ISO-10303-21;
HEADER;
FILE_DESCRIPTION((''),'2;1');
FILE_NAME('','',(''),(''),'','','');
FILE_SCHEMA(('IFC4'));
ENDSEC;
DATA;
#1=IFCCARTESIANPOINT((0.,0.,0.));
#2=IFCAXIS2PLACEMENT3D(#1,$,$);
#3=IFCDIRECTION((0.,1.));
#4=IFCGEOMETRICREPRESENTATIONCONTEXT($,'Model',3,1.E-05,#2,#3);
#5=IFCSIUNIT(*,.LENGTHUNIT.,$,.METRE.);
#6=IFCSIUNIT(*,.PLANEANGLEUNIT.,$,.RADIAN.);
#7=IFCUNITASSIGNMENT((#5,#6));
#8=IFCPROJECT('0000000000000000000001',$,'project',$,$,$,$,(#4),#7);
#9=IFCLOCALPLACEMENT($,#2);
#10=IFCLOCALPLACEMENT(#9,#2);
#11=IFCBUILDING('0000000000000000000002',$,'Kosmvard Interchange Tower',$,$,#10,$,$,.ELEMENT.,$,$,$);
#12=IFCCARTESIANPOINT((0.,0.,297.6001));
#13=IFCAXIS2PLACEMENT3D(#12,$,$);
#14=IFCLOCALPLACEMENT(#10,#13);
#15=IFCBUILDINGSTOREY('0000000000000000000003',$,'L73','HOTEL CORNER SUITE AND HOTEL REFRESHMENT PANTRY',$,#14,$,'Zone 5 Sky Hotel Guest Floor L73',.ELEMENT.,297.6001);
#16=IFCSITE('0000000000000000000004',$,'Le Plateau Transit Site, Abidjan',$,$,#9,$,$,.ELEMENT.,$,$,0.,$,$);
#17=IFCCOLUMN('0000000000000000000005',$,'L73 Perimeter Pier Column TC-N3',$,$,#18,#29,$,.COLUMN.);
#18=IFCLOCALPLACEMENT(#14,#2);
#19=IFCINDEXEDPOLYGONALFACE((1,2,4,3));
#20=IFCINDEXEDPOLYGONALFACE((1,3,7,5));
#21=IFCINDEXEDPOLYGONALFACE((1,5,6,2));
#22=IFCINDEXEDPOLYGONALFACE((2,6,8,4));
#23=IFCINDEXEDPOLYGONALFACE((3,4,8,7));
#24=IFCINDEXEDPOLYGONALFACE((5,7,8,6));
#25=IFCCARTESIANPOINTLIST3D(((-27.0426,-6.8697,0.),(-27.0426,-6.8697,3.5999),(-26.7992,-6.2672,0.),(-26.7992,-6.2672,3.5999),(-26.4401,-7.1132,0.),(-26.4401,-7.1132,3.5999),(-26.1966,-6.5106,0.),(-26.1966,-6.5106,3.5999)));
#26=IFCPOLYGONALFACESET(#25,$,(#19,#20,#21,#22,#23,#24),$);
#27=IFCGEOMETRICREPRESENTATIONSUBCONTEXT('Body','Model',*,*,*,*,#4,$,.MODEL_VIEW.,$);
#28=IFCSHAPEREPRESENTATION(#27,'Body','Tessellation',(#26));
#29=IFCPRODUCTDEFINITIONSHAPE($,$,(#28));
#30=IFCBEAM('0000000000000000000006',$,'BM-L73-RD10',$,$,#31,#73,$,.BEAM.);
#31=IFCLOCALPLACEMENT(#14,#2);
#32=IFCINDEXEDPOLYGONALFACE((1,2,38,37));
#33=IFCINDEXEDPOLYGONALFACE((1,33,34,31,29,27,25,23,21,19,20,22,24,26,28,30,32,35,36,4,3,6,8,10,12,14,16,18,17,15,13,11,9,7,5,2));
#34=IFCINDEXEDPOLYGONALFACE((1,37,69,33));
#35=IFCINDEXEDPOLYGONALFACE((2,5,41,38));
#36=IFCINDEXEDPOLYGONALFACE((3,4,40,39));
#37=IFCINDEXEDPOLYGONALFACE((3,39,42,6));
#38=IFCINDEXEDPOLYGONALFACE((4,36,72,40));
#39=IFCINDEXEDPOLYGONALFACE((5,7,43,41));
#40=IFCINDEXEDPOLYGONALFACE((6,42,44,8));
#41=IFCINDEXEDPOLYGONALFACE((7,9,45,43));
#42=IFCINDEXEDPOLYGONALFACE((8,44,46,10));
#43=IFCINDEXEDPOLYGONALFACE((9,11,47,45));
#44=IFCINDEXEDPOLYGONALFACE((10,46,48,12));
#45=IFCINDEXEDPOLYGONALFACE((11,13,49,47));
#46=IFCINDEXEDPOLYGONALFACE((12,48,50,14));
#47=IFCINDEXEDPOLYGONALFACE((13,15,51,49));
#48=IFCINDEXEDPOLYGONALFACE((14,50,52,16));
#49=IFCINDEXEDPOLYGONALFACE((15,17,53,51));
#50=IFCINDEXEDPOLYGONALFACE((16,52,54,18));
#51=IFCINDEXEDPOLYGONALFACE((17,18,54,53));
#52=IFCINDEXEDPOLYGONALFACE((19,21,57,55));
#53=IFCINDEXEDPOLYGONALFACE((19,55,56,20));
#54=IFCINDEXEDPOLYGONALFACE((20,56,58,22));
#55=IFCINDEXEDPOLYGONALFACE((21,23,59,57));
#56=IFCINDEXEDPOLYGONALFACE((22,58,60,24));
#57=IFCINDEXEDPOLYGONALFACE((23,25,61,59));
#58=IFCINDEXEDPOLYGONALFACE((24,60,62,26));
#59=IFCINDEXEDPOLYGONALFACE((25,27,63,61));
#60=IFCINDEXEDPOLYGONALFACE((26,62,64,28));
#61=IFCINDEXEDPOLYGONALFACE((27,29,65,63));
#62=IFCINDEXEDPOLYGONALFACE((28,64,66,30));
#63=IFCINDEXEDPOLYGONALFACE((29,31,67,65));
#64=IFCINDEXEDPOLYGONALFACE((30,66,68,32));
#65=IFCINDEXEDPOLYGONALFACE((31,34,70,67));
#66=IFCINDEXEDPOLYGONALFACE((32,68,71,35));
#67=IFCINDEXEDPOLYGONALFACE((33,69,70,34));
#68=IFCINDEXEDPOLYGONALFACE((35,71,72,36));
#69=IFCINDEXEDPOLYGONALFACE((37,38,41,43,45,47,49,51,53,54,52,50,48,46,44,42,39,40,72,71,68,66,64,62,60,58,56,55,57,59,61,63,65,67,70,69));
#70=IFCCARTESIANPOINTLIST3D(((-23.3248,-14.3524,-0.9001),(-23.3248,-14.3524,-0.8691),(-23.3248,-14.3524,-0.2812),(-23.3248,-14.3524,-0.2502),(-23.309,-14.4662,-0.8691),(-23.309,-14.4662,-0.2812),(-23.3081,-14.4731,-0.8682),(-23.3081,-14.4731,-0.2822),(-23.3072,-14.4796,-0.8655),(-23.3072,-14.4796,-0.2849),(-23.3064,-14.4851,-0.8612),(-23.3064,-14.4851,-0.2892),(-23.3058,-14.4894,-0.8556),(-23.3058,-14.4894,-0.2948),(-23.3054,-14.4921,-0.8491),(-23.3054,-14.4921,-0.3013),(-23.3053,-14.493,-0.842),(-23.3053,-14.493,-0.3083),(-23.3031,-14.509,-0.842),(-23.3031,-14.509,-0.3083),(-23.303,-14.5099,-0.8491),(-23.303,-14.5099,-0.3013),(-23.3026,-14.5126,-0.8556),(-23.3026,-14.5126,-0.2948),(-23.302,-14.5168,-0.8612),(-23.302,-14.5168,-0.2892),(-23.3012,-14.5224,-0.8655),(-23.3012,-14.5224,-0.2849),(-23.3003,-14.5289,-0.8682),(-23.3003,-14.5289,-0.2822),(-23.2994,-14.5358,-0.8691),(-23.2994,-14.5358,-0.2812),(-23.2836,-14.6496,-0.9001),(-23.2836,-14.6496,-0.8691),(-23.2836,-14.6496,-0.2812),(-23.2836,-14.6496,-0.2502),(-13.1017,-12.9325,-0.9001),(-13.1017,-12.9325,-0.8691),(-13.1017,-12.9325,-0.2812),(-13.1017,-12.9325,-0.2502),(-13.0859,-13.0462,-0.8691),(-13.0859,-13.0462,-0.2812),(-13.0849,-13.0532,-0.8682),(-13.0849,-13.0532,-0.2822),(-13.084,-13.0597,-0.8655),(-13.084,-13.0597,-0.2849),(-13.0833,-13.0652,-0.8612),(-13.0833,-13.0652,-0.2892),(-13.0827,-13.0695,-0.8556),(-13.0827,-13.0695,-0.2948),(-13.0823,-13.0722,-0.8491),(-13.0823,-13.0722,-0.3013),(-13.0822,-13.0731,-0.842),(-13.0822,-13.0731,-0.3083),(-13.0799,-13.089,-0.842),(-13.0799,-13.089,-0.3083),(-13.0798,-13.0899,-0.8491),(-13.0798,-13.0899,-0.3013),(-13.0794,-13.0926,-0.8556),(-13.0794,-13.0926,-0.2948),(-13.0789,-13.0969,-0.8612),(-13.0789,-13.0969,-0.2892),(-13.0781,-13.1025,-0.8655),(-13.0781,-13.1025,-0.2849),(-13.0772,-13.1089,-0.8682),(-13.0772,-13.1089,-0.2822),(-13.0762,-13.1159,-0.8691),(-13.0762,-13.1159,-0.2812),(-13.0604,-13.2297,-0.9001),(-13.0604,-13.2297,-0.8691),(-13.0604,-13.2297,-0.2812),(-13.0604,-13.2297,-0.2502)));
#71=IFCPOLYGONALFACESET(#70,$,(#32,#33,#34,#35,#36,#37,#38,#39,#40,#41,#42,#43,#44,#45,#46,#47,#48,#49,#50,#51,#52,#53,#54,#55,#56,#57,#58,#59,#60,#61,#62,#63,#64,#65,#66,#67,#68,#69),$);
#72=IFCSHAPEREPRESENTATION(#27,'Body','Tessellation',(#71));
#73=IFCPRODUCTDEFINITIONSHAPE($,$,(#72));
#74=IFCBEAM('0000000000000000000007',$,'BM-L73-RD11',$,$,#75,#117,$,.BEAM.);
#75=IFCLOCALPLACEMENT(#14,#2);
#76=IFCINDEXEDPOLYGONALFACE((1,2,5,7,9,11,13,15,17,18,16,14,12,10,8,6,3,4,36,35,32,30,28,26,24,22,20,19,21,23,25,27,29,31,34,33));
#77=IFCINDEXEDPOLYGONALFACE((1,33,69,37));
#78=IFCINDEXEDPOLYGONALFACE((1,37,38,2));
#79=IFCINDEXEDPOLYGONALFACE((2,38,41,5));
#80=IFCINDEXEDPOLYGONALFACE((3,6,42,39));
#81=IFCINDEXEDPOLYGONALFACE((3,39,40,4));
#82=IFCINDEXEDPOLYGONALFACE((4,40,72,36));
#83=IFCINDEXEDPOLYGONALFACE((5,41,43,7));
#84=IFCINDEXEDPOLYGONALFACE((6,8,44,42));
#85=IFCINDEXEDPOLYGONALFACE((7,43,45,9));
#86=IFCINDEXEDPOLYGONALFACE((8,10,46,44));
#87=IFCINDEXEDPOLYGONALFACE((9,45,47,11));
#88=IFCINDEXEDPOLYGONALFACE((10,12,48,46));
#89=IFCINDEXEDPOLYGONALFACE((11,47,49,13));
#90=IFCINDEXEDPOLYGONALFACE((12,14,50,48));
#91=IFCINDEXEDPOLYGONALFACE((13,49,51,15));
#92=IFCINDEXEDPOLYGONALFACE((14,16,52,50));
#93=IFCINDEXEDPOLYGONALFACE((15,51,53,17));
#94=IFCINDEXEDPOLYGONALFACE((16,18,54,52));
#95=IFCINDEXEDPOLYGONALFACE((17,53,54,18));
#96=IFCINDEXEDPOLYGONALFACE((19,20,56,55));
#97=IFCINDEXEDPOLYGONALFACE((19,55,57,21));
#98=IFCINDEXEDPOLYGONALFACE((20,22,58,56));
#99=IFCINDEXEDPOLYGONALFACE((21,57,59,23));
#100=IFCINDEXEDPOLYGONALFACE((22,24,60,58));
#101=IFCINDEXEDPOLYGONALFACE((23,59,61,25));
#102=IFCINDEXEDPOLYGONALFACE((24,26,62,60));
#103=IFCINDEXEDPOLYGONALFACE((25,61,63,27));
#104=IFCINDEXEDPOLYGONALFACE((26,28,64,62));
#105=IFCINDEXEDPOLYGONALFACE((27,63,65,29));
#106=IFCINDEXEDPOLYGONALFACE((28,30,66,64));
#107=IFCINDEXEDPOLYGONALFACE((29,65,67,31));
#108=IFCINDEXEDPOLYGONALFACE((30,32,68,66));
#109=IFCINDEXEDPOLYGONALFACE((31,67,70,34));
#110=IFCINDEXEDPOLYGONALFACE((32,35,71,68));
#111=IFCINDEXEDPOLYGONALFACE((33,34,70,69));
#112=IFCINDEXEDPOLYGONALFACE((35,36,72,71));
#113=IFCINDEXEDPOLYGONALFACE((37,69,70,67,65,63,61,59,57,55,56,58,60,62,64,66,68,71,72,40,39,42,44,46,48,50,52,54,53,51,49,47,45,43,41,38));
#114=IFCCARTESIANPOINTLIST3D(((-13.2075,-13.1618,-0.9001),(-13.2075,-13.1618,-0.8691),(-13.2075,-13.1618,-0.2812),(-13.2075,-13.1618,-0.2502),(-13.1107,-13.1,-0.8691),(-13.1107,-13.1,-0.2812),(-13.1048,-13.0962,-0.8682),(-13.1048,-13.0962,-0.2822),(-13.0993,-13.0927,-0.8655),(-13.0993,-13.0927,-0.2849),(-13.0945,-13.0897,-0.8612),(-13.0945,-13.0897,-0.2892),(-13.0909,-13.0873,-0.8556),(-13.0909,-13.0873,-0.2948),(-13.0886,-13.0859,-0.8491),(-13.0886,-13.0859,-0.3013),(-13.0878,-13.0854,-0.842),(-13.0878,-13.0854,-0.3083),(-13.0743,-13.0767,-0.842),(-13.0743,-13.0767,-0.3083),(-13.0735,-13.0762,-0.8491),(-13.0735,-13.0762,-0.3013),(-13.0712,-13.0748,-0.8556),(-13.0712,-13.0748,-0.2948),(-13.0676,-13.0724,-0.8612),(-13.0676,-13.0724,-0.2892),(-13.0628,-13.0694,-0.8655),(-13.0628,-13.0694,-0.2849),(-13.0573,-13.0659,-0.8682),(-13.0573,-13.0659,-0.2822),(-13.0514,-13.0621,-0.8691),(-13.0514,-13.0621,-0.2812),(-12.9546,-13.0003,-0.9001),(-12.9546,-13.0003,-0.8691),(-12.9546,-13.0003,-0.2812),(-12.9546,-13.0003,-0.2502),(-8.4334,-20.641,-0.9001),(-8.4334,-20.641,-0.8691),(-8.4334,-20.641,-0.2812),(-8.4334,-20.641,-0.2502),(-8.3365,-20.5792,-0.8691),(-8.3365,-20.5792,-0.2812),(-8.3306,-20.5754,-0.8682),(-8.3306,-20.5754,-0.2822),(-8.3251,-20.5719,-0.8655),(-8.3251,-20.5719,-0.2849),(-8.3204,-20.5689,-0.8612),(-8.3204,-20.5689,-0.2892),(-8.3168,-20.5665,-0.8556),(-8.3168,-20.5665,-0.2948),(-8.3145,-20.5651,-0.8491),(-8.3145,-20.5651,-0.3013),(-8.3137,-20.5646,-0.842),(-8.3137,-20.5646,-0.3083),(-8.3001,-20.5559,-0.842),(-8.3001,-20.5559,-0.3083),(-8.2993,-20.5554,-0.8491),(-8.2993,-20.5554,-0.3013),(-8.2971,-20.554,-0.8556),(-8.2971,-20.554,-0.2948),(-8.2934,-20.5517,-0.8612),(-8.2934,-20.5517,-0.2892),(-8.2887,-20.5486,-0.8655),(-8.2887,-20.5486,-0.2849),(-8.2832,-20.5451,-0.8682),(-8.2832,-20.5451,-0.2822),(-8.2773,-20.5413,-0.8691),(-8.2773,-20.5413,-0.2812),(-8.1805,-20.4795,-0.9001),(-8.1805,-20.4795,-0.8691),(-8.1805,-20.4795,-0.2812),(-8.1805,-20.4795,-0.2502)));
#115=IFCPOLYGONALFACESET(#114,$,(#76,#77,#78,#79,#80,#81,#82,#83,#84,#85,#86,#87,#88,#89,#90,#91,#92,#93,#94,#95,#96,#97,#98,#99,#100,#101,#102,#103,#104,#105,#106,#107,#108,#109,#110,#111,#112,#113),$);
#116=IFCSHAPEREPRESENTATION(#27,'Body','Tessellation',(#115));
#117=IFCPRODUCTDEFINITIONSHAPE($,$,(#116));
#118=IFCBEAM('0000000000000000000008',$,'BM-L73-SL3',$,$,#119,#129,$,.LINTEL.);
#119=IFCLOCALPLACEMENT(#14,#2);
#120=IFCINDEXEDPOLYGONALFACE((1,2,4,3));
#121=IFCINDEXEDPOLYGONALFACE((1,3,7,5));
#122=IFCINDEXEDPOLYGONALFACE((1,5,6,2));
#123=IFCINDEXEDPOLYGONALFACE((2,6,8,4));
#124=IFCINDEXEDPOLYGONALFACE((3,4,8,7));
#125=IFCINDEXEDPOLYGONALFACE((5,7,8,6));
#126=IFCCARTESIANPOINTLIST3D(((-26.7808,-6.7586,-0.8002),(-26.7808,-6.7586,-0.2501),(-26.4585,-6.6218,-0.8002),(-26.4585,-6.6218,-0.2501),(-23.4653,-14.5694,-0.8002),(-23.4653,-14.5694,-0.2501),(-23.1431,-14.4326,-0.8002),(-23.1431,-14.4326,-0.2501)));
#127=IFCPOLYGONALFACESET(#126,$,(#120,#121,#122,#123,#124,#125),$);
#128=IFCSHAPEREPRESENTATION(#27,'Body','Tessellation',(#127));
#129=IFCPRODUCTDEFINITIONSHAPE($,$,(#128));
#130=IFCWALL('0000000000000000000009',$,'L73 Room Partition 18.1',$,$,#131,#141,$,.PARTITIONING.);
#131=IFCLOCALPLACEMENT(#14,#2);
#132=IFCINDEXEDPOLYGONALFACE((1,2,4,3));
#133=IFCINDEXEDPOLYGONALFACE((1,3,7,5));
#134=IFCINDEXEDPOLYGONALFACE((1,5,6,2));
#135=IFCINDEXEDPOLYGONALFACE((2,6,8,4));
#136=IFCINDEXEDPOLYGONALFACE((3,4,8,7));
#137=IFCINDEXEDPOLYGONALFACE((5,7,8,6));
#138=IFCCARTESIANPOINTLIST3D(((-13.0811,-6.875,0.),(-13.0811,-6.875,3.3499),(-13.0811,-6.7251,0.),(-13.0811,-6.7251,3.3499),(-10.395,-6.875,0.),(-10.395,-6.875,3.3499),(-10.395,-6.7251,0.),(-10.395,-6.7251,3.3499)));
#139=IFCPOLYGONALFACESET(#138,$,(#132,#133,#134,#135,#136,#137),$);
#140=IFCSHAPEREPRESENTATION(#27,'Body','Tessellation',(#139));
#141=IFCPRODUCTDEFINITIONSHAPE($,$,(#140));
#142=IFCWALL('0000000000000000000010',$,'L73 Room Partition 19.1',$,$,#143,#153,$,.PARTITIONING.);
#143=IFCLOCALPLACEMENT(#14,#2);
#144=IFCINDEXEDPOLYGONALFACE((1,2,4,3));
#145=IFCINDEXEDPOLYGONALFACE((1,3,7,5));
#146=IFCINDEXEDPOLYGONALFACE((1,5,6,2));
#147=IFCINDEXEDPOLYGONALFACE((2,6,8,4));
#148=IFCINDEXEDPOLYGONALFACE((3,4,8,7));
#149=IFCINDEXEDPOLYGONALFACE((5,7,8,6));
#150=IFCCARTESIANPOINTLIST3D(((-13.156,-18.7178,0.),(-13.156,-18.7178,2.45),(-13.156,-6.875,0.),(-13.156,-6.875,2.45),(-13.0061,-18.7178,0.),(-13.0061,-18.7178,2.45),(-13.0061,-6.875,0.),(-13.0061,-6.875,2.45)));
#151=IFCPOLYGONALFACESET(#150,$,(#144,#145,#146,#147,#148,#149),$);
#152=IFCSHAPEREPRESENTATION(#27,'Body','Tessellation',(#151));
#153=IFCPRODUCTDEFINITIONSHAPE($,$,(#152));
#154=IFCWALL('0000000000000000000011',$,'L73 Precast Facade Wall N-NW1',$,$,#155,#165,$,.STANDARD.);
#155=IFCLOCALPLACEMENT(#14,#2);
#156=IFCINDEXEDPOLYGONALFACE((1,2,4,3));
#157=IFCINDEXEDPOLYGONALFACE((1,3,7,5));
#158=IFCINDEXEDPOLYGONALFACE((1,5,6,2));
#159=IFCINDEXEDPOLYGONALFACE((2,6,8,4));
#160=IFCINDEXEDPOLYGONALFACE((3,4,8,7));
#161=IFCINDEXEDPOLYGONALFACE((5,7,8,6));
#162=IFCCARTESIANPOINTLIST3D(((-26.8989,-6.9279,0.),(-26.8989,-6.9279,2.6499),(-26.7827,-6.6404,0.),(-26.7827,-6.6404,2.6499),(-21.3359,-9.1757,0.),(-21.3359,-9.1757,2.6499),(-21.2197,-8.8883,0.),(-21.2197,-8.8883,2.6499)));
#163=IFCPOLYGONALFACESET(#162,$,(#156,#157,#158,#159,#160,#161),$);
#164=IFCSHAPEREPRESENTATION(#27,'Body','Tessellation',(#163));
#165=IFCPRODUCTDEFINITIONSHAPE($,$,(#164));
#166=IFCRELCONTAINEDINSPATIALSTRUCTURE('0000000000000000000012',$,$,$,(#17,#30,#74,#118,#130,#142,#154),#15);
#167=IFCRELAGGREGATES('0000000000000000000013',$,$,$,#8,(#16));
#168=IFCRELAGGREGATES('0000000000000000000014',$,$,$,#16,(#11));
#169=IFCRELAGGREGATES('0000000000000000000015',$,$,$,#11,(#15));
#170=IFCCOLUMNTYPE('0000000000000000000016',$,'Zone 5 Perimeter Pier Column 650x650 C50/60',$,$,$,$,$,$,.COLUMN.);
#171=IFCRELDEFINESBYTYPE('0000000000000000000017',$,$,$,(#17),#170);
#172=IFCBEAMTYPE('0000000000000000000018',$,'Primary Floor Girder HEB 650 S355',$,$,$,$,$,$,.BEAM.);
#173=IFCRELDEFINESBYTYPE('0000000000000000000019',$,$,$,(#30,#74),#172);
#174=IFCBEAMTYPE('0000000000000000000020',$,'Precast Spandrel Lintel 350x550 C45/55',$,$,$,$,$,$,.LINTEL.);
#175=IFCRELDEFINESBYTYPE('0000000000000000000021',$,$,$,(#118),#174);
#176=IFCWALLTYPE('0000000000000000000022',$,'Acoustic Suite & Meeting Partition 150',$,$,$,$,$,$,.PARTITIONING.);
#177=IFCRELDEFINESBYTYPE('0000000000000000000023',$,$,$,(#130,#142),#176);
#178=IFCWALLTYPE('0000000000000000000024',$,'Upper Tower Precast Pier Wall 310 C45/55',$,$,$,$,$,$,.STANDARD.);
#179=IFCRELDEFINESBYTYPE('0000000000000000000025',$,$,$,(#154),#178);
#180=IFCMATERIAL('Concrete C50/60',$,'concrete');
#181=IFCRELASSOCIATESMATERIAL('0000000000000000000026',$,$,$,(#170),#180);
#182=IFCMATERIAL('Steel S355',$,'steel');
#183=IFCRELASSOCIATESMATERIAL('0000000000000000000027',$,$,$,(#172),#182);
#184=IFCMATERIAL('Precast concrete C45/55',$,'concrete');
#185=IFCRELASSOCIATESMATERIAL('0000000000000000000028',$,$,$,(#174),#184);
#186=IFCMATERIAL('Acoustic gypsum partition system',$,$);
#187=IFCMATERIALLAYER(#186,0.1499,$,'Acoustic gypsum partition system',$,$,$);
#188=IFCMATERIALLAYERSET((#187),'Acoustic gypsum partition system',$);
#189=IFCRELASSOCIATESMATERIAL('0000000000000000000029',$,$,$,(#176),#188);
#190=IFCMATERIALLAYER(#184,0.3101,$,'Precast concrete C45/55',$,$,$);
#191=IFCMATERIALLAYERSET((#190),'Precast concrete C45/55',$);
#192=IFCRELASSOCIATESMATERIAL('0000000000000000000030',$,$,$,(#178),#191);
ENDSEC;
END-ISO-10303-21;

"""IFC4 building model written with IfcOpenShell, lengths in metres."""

from ifc_helpers import new_model, si_unit, direction, frame, frame_2d, origin, origin_2d, place, context, subcontext, project, spatial, rectangle, i_section, extrude, source, transform, mapped, material, layer, layer_set, material_profile, profile_set, type_object, element, save


model = new_model("IFC4")

# Units and contexts
model_context = context("Model", 3, precision=1e-05, world=origin(), true_north=direction((0.0, 1.0)))
body_context = subcontext(model_context, "Body", "Model", "MODEL_VIEW")
ifc_project = project(units=[si_unit("LENGTHUNIT", "METRE"), si_unit("PLANEANGLEUNIT", "RADIAN")], contexts=[model_context])

# Site, building, storey
site_placement = place(None, origin())
site = spatial("IfcSite", under=ifc_project, at=site_placement, Name="Le Plateau Transit Site, Abidjan", CompositionType="ELEMENT", RefElevation=0.0)
building_placement = place(site_placement, origin())
building = spatial("IfcBuilding", under=site, at=building_placement, Name="Kosmvard Interchange Tower", CompositionType="ELEMENT")
storey_placement = place(building_placement, frame((0.0, 0.0, 297.6001)))
storey = spatial("IfcBuildingStorey", under=building, at=storey_placement, Name="L73", Description="HOTEL CORNER SUITE AND HOTEL REFRESHMENT PANTRY", LongName="Zone 5 Sky Hotel Guest Floor L73", CompositionType="ELEMENT", Elevation=297.6001)

# Column
ifc_material_1 = material(Name="Concrete C50/60", Category="concrete")
ifc_material_profile_1 = material_profile(ifc_material_1, rectangle(XDim=0.6499, YDim=0.6499, at=origin_2d()), Name="TC 650x650")
ifc_profile_set_1 = profile_set([ifc_material_profile_1], Name="Concrete C50/60")
column_type = type_object("IfcColumnType", Name="Zone 5 Perimeter Pier Column 650x650 C50/60", PredefinedType="COLUMN", material=ifc_profile_set_1)
shared_shape_1 = source(origin(), body_context, "Body", "SweptSolid", [
    extrude(rectangle(XDim=0.6499, YDim=0.6499, at=origin_2d()), origin(), (0.0, 0.0, 1.0), 3.5999),
])
column_placement = place(storey_placement, frame((-26.6196, -6.6902, 0.0), z_axis=(0.0, 0.0, 1.0), x_axis=(0.374607, 0.927184, 0.0)))
element("IfcColumn", 1, at=column_placement, inside=storey, type_object=column_type, Name="L73 Perimeter Pier Column TC-N3", PredefinedType="COLUMN", context=body_context, shape_type="MappedRepresentation", body=[
    mapped(shared_shape_1, transform((0.0, 0.0, 0.0), scale=1.0)),
])

# Beams
ifc_material_2 = material(Name="Steel S355", Category="steel")
ifc_material_profile_2 = material_profile(ifc_material_2, i_section(OverallWidth=0.3, OverallDepth=0.6499, WebThickness=0.0161, FlangeThickness=0.031, FilletRadius=0.0271, at=origin_2d()), Name="HEB 650")
ifc_profile_set_2 = profile_set([ifc_material_profile_2], Name="Steel S355")
beam_type_1 = type_object("IfcBeamType", Name="Primary Floor Girder HEB 650 S355", PredefinedType="BEAM", material=ifc_profile_set_2)
shared_shape_2 = source(origin(), body_context, "Body", "SweptSolid", [
    extrude(i_section(OverallWidth=0.3, OverallDepth=0.6499, WebThickness=0.0161, FlangeThickness=0.031, FilletRadius=0.0271, at=origin_2d()), origin(), (0.0, 0.0, 1.0), 10.3213),
])
beam_1_placement = place(storey_placement, frame((-13.0811, -13.0811, -0.5752), z_axis=(-0.990492, -0.137572, 0.0), x_axis=(0.137572, -0.990492, 0.0)))
element("IfcBeam", 2, at=beam_1_placement, inside=storey, type_object=beam_type_1, Name="BM-L73-RD10", PredefinedType="BEAM", context=body_context, shape_type="MappedRepresentation", body=[
    mapped(shared_shape_2, transform((0.0, 0.0, 0.0), scale=1.0)),
])
shared_shape_3 = source(origin(), body_context, "Body", "SweptSolid", [
    extrude(i_section(OverallWidth=0.3, OverallDepth=0.6499, WebThickness=0.0161, FlangeThickness=0.031, FilletRadius=0.0271, at=origin_2d()), origin(), (0.0, 0.0, 1.0), 8.873),
])
beam_2_placement = place(storey_placement, frame((-13.0811, -13.0811, -0.5752), z_axis=(0.53805, -0.842913, 0.0), x_axis=(0.842913, 0.53805, 0.0)))
element("IfcBeam", 3, at=beam_2_placement, inside=storey, type_object=beam_type_1, Name="BM-L73-RD11", PredefinedType="BEAM", context=body_context, shape_type="MappedRepresentation", body=[
    mapped(shared_shape_3, transform((0.0, 0.0, 0.0), scale=1.0)),
])
ifc_material_3 = material(Name="Precast concrete C45/55", Category="concrete")
ifc_material_profile_3 = material_profile(ifc_material_3, rectangle(XDim=0.3501, YDim=0.55, at=origin_2d()), Name="SL 350x550")
ifc_profile_set_3 = profile_set([ifc_material_profile_3], Name="Precast concrete C45/55")
beam_type_2 = type_object("IfcBeamType", Name="Precast Spandrel Lintel 350x550 C45/55", PredefinedType="LINTEL", material=ifc_profile_set_3)
shared_shape_4 = source(origin(), body_context, "Body", "SweptSolid", [
    extrude(rectangle(XDim=0.3501, YDim=0.55, at=origin_2d()), origin(), (0.0, 0.0, 1.0), 8.4854),
])
beam_3_placement = place(storey_placement, frame((-26.6196, -6.6902, -0.5251), z_axis=(0.390726, -0.920507, 0.0), x_axis=(0.920507, 0.390726, 0.0)))
element("IfcBeam", 4, at=beam_3_placement, inside=storey, type_object=beam_type_2, Name="BM-L73-SL3", PredefinedType="LINTEL", context=body_context, shape_type="MappedRepresentation", body=[
    mapped(shared_shape_4, transform((0.0, 0.0, 0.0), scale=1.0)),
])

# Walls
ifc_material_4 = material(Name="Acoustic gypsum partition system")
ifc_layer_1 = layer(ifc_material_4, 0.1499, Name="Acoustic gypsum partition system")
ifc_layer_set_1 = layer_set([ifc_layer_1], Name="Acoustic gypsum partition system")
wall_type_1 = type_object("IfcWallType", Name="Acoustic Suite & Meeting Partition 150", PredefinedType="PARTITIONING", material=ifc_layer_set_1)
wall_1_placement = place(storey_placement, frame((-10.395, -6.8, 0.0), z_axis=(0.0, 0.0, 1.0), x_axis=(-1.0, 0.0, 0.0)))
element("IfcWall", 5, at=wall_1_placement, inside=storey, type_object=wall_type_1, Name="L73 Room Partition 18.1", PredefinedType="PARTITIONING", context=body_context, shape_type="SweptSolid", body=[
    extrude(rectangle(XDim=2.686, YDim=0.1499, at=frame_2d((1.343, 0.0))), origin(), (0.0, 0.0, 1.0), 3.3499),
])
wall_2_placement = place(storey_placement, frame((-13.0811, -6.875, 0.0), z_axis=(0.0, 0.0, 1.0), x_axis=(0.0, -1.0, 0.0)))
element("IfcWall", 6, at=wall_2_placement, inside=storey, type_object=wall_type_1, Name="L73 Room Partition 19.1", PredefinedType="PARTITIONING", context=body_context, shape_type="SweptSolid", body=[
    extrude(rectangle(XDim=11.8428, YDim=0.1499, at=frame_2d((5.9214, 0.0))), origin(), (0.0, 0.0, 1.0), 2.45),
])
ifc_layer_2 = layer(ifc_material_3, 0.3101, Name="Precast concrete C45/55")
ifc_layer_set_2 = layer_set([ifc_layer_2], Name="Precast concrete C45/55")
wall_type_2 = type_object("IfcWallType", Name="Upper Tower Precast Pier Wall 310 C45/55", PredefinedType="STANDARD", material=ifc_layer_set_2)
wall_3_placement = place(storey_placement, frame((-26.8408, -6.7842, 0.0), z_axis=(0.0, 0.0, 1.0), x_axis=(0.927172, -0.374637, 0.0)))
element("IfcWall", 7, at=wall_3_placement, inside=storey, type_object=wall_type_2, Name="L73 Precast Facade Wall N-NW1", PredefinedType="STANDARD", context=body_context, shape_type="SweptSolid", body=[
    extrude(rectangle(XDim=6.0, YDim=0.3101, at=frame_2d((3.0, 0.0))), origin(), (0.0, 0.0, 1.0), 2.6499),
])

save(model, "model.ifc")
